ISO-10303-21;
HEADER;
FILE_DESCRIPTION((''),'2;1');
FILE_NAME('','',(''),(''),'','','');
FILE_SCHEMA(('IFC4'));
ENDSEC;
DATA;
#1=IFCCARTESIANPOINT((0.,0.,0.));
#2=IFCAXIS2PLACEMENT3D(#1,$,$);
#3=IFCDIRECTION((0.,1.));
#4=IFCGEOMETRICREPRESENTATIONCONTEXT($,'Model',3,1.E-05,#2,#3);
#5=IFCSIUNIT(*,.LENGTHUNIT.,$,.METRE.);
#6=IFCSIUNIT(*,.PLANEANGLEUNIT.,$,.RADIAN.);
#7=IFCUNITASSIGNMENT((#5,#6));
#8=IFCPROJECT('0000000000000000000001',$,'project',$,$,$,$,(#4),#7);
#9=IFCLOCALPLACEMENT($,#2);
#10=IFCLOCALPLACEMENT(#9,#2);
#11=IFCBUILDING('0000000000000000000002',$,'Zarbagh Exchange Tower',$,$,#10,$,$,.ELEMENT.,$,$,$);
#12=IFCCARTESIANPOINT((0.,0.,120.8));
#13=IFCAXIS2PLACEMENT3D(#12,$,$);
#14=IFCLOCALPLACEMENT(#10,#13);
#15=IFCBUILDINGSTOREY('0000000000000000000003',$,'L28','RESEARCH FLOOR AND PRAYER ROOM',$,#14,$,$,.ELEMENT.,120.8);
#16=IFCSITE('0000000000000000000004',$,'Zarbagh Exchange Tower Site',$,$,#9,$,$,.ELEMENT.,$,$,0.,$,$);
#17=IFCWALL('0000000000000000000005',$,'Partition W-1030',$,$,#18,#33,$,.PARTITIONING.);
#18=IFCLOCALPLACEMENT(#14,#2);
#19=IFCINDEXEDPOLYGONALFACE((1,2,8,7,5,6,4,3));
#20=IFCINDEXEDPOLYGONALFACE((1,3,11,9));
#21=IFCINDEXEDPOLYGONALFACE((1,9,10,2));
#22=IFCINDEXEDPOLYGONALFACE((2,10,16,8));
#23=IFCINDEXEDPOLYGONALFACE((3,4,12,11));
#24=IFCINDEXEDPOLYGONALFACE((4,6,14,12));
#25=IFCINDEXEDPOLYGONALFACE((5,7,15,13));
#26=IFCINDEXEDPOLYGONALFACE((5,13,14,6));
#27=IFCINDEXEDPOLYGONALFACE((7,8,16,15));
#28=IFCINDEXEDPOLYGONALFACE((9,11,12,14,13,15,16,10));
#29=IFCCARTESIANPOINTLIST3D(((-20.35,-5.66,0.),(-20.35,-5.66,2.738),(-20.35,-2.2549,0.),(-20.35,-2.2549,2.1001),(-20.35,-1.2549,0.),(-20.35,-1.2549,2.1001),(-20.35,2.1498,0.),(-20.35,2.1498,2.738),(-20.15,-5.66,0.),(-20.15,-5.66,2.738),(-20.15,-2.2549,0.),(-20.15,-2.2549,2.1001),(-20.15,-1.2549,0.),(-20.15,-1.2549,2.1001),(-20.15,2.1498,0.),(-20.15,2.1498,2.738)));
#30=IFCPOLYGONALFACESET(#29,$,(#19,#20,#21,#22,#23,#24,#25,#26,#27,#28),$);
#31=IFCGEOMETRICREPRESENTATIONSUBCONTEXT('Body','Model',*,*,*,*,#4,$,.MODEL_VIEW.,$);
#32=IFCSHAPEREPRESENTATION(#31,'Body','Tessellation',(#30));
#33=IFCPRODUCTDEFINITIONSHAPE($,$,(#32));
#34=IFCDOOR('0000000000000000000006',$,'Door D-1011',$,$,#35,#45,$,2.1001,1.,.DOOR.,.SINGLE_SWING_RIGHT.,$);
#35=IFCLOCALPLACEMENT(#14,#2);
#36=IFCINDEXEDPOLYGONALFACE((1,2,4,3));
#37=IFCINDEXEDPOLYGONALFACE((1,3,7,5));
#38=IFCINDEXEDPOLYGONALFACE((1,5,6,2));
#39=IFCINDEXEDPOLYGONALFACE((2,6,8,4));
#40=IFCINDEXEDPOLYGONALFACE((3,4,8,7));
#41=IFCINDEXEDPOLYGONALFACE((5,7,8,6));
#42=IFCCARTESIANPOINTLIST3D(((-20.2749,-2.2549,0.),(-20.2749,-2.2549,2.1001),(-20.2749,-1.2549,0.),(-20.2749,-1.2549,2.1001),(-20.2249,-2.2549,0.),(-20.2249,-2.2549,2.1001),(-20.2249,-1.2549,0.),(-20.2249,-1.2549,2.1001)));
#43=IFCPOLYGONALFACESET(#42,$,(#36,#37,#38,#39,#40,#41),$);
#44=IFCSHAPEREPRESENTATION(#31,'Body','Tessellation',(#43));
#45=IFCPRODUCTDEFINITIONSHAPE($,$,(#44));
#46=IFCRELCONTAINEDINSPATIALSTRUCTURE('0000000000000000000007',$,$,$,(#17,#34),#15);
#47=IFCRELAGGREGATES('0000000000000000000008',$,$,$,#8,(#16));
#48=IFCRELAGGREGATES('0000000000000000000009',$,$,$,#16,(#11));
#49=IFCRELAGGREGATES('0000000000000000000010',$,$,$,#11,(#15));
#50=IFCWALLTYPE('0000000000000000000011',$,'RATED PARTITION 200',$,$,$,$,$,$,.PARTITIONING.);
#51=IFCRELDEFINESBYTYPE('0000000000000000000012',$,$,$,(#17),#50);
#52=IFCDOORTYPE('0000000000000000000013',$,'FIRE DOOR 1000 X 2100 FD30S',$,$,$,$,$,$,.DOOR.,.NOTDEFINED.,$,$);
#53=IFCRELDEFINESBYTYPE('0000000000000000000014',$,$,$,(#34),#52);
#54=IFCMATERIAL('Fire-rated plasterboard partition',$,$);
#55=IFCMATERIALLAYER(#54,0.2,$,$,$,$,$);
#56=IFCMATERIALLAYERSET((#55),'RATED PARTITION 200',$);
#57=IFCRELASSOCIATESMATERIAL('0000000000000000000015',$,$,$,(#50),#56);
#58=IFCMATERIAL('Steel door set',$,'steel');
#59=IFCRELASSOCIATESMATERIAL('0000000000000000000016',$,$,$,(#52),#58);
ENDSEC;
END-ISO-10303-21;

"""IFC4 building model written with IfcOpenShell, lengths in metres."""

from ifc_helpers import new_model, si_unit, direction, frame, frame_2d, origin, place, context, subcontext, project, spatial, rectangle, extrude, material, layer, layer_set, type_object, element, fill, save


model = new_model("IFC4")

# Units and contexts
model_context = context("Model", 3, precision=1e-05, world=origin(), true_north=direction((0.0, 1.0)))
body_context = subcontext(model_context, "Body", "Model", "MODEL_VIEW")
ifc_project = project(units=[si_unit("LENGTHUNIT", "METRE"), si_unit("PLANEANGLEUNIT", "RADIAN")], contexts=[model_context])

# Site, building, storey
site_placement = place(None, origin())
site = spatial("IfcSite", under=ifc_project, at=site_placement, Name="Zarbagh Exchange Tower Site", CompositionType="ELEMENT", RefElevation=0.0)
building_placement = place(site_placement, origin())
building = spatial("IfcBuilding", under=site, at=building_placement, Name="Zarbagh Exchange Tower", CompositionType="ELEMENT")
storey_placement = place(building_placement, frame((0.0, 0.0, 120.8)))
storey = spatial("IfcBuildingStorey", under=building, at=storey_placement, Name="L28", Description="RESEARCH FLOOR AND PRAYER ROOM", CompositionType="ELEMENT", Elevation=120.8)

# Shared definitions
ifc_material_1 = material(Name="Fire-rated plasterboard partition")
ifc_layer = layer(ifc_material_1, 0.2)
ifc_layer_set = layer_set([ifc_layer], Name="RATED PARTITION 200")
wall_type = type_object("IfcWallType", Name="RATED PARTITION 200", PredefinedType="PARTITIONING", material=ifc_layer_set)

# Shared definitions
ifc_material_2 = material(Name="Steel door set", Category="steel")
door_type = type_object("IfcDoorType", Name="FIRE DOOR 1000 X 2100 FD30S", OperationType="NOTDEFINED", PredefinedType="DOOR", material=ifc_material_2)

# Wall, opening, door
wall_1_placement = place(storey_placement, frame((-20.25, -5.6599, 0.0), z_axis=(0.0, 0.0, 1.0), x_axis=(0.0, 1.0, 0.0)))
wall_1 = element("IfcWall", 1, at=wall_1_placement, inside=storey, type_object=wall_type, Name="Partition W-1030", PredefinedType="PARTITIONING", context=body_context, shape_type="SweptSolid", body=[
    extrude(rectangle(XDim=7.8098, YDim=0.2, at=frame_2d((3.9048, 0.0))), origin(), (0.0, 0.0, 1.0), 2.738),
])
opening_1_placement = place(wall_1_placement, frame((3.405, 0.0, 0.0)))
opening_1 = element("IfcOpeningElement", 2, at=opening_1_placement, cuts=wall_1, PredefinedType="OPENING", context=body_context, shape_type="SweptSolid", body=[
    extrude(rectangle(XDim=1.0, YDim=2.1001, at=frame_2d((0.5, 1.05))), frame((0.0, 0.1099, 0.0), z_axis=(0.0, -1.0, 0.0), x_axis=(1.0, 0.0, 0.0)), (0.0, 0.0, 1.0), 0.22),
])
door_1_placement = place(opening_1_placement, origin())
door_1 = element("IfcDoor", 3, at=door_1_placement, inside=storey, type_object=door_type, Name="Door D-1011", OperationType="SINGLE_SWING_RIGHT", OverallHeight=2.1001, OverallWidth=1.0, PredefinedType="DOOR", context=body_context, shape_type="SweptSolid", body=[
    extrude(rectangle(XDim=1.0, YDim=2.1001, at=frame_2d((0.5, 1.05))), frame((0.0, 0.0249, 0.0), z_axis=(0.0, -1.0, 0.0), x_axis=(1.0, 0.0, 0.0)), (0.0, 0.0, 1.0), 0.05),
])
fill(opening_1, door_1)

save(model, "model.ifc")
